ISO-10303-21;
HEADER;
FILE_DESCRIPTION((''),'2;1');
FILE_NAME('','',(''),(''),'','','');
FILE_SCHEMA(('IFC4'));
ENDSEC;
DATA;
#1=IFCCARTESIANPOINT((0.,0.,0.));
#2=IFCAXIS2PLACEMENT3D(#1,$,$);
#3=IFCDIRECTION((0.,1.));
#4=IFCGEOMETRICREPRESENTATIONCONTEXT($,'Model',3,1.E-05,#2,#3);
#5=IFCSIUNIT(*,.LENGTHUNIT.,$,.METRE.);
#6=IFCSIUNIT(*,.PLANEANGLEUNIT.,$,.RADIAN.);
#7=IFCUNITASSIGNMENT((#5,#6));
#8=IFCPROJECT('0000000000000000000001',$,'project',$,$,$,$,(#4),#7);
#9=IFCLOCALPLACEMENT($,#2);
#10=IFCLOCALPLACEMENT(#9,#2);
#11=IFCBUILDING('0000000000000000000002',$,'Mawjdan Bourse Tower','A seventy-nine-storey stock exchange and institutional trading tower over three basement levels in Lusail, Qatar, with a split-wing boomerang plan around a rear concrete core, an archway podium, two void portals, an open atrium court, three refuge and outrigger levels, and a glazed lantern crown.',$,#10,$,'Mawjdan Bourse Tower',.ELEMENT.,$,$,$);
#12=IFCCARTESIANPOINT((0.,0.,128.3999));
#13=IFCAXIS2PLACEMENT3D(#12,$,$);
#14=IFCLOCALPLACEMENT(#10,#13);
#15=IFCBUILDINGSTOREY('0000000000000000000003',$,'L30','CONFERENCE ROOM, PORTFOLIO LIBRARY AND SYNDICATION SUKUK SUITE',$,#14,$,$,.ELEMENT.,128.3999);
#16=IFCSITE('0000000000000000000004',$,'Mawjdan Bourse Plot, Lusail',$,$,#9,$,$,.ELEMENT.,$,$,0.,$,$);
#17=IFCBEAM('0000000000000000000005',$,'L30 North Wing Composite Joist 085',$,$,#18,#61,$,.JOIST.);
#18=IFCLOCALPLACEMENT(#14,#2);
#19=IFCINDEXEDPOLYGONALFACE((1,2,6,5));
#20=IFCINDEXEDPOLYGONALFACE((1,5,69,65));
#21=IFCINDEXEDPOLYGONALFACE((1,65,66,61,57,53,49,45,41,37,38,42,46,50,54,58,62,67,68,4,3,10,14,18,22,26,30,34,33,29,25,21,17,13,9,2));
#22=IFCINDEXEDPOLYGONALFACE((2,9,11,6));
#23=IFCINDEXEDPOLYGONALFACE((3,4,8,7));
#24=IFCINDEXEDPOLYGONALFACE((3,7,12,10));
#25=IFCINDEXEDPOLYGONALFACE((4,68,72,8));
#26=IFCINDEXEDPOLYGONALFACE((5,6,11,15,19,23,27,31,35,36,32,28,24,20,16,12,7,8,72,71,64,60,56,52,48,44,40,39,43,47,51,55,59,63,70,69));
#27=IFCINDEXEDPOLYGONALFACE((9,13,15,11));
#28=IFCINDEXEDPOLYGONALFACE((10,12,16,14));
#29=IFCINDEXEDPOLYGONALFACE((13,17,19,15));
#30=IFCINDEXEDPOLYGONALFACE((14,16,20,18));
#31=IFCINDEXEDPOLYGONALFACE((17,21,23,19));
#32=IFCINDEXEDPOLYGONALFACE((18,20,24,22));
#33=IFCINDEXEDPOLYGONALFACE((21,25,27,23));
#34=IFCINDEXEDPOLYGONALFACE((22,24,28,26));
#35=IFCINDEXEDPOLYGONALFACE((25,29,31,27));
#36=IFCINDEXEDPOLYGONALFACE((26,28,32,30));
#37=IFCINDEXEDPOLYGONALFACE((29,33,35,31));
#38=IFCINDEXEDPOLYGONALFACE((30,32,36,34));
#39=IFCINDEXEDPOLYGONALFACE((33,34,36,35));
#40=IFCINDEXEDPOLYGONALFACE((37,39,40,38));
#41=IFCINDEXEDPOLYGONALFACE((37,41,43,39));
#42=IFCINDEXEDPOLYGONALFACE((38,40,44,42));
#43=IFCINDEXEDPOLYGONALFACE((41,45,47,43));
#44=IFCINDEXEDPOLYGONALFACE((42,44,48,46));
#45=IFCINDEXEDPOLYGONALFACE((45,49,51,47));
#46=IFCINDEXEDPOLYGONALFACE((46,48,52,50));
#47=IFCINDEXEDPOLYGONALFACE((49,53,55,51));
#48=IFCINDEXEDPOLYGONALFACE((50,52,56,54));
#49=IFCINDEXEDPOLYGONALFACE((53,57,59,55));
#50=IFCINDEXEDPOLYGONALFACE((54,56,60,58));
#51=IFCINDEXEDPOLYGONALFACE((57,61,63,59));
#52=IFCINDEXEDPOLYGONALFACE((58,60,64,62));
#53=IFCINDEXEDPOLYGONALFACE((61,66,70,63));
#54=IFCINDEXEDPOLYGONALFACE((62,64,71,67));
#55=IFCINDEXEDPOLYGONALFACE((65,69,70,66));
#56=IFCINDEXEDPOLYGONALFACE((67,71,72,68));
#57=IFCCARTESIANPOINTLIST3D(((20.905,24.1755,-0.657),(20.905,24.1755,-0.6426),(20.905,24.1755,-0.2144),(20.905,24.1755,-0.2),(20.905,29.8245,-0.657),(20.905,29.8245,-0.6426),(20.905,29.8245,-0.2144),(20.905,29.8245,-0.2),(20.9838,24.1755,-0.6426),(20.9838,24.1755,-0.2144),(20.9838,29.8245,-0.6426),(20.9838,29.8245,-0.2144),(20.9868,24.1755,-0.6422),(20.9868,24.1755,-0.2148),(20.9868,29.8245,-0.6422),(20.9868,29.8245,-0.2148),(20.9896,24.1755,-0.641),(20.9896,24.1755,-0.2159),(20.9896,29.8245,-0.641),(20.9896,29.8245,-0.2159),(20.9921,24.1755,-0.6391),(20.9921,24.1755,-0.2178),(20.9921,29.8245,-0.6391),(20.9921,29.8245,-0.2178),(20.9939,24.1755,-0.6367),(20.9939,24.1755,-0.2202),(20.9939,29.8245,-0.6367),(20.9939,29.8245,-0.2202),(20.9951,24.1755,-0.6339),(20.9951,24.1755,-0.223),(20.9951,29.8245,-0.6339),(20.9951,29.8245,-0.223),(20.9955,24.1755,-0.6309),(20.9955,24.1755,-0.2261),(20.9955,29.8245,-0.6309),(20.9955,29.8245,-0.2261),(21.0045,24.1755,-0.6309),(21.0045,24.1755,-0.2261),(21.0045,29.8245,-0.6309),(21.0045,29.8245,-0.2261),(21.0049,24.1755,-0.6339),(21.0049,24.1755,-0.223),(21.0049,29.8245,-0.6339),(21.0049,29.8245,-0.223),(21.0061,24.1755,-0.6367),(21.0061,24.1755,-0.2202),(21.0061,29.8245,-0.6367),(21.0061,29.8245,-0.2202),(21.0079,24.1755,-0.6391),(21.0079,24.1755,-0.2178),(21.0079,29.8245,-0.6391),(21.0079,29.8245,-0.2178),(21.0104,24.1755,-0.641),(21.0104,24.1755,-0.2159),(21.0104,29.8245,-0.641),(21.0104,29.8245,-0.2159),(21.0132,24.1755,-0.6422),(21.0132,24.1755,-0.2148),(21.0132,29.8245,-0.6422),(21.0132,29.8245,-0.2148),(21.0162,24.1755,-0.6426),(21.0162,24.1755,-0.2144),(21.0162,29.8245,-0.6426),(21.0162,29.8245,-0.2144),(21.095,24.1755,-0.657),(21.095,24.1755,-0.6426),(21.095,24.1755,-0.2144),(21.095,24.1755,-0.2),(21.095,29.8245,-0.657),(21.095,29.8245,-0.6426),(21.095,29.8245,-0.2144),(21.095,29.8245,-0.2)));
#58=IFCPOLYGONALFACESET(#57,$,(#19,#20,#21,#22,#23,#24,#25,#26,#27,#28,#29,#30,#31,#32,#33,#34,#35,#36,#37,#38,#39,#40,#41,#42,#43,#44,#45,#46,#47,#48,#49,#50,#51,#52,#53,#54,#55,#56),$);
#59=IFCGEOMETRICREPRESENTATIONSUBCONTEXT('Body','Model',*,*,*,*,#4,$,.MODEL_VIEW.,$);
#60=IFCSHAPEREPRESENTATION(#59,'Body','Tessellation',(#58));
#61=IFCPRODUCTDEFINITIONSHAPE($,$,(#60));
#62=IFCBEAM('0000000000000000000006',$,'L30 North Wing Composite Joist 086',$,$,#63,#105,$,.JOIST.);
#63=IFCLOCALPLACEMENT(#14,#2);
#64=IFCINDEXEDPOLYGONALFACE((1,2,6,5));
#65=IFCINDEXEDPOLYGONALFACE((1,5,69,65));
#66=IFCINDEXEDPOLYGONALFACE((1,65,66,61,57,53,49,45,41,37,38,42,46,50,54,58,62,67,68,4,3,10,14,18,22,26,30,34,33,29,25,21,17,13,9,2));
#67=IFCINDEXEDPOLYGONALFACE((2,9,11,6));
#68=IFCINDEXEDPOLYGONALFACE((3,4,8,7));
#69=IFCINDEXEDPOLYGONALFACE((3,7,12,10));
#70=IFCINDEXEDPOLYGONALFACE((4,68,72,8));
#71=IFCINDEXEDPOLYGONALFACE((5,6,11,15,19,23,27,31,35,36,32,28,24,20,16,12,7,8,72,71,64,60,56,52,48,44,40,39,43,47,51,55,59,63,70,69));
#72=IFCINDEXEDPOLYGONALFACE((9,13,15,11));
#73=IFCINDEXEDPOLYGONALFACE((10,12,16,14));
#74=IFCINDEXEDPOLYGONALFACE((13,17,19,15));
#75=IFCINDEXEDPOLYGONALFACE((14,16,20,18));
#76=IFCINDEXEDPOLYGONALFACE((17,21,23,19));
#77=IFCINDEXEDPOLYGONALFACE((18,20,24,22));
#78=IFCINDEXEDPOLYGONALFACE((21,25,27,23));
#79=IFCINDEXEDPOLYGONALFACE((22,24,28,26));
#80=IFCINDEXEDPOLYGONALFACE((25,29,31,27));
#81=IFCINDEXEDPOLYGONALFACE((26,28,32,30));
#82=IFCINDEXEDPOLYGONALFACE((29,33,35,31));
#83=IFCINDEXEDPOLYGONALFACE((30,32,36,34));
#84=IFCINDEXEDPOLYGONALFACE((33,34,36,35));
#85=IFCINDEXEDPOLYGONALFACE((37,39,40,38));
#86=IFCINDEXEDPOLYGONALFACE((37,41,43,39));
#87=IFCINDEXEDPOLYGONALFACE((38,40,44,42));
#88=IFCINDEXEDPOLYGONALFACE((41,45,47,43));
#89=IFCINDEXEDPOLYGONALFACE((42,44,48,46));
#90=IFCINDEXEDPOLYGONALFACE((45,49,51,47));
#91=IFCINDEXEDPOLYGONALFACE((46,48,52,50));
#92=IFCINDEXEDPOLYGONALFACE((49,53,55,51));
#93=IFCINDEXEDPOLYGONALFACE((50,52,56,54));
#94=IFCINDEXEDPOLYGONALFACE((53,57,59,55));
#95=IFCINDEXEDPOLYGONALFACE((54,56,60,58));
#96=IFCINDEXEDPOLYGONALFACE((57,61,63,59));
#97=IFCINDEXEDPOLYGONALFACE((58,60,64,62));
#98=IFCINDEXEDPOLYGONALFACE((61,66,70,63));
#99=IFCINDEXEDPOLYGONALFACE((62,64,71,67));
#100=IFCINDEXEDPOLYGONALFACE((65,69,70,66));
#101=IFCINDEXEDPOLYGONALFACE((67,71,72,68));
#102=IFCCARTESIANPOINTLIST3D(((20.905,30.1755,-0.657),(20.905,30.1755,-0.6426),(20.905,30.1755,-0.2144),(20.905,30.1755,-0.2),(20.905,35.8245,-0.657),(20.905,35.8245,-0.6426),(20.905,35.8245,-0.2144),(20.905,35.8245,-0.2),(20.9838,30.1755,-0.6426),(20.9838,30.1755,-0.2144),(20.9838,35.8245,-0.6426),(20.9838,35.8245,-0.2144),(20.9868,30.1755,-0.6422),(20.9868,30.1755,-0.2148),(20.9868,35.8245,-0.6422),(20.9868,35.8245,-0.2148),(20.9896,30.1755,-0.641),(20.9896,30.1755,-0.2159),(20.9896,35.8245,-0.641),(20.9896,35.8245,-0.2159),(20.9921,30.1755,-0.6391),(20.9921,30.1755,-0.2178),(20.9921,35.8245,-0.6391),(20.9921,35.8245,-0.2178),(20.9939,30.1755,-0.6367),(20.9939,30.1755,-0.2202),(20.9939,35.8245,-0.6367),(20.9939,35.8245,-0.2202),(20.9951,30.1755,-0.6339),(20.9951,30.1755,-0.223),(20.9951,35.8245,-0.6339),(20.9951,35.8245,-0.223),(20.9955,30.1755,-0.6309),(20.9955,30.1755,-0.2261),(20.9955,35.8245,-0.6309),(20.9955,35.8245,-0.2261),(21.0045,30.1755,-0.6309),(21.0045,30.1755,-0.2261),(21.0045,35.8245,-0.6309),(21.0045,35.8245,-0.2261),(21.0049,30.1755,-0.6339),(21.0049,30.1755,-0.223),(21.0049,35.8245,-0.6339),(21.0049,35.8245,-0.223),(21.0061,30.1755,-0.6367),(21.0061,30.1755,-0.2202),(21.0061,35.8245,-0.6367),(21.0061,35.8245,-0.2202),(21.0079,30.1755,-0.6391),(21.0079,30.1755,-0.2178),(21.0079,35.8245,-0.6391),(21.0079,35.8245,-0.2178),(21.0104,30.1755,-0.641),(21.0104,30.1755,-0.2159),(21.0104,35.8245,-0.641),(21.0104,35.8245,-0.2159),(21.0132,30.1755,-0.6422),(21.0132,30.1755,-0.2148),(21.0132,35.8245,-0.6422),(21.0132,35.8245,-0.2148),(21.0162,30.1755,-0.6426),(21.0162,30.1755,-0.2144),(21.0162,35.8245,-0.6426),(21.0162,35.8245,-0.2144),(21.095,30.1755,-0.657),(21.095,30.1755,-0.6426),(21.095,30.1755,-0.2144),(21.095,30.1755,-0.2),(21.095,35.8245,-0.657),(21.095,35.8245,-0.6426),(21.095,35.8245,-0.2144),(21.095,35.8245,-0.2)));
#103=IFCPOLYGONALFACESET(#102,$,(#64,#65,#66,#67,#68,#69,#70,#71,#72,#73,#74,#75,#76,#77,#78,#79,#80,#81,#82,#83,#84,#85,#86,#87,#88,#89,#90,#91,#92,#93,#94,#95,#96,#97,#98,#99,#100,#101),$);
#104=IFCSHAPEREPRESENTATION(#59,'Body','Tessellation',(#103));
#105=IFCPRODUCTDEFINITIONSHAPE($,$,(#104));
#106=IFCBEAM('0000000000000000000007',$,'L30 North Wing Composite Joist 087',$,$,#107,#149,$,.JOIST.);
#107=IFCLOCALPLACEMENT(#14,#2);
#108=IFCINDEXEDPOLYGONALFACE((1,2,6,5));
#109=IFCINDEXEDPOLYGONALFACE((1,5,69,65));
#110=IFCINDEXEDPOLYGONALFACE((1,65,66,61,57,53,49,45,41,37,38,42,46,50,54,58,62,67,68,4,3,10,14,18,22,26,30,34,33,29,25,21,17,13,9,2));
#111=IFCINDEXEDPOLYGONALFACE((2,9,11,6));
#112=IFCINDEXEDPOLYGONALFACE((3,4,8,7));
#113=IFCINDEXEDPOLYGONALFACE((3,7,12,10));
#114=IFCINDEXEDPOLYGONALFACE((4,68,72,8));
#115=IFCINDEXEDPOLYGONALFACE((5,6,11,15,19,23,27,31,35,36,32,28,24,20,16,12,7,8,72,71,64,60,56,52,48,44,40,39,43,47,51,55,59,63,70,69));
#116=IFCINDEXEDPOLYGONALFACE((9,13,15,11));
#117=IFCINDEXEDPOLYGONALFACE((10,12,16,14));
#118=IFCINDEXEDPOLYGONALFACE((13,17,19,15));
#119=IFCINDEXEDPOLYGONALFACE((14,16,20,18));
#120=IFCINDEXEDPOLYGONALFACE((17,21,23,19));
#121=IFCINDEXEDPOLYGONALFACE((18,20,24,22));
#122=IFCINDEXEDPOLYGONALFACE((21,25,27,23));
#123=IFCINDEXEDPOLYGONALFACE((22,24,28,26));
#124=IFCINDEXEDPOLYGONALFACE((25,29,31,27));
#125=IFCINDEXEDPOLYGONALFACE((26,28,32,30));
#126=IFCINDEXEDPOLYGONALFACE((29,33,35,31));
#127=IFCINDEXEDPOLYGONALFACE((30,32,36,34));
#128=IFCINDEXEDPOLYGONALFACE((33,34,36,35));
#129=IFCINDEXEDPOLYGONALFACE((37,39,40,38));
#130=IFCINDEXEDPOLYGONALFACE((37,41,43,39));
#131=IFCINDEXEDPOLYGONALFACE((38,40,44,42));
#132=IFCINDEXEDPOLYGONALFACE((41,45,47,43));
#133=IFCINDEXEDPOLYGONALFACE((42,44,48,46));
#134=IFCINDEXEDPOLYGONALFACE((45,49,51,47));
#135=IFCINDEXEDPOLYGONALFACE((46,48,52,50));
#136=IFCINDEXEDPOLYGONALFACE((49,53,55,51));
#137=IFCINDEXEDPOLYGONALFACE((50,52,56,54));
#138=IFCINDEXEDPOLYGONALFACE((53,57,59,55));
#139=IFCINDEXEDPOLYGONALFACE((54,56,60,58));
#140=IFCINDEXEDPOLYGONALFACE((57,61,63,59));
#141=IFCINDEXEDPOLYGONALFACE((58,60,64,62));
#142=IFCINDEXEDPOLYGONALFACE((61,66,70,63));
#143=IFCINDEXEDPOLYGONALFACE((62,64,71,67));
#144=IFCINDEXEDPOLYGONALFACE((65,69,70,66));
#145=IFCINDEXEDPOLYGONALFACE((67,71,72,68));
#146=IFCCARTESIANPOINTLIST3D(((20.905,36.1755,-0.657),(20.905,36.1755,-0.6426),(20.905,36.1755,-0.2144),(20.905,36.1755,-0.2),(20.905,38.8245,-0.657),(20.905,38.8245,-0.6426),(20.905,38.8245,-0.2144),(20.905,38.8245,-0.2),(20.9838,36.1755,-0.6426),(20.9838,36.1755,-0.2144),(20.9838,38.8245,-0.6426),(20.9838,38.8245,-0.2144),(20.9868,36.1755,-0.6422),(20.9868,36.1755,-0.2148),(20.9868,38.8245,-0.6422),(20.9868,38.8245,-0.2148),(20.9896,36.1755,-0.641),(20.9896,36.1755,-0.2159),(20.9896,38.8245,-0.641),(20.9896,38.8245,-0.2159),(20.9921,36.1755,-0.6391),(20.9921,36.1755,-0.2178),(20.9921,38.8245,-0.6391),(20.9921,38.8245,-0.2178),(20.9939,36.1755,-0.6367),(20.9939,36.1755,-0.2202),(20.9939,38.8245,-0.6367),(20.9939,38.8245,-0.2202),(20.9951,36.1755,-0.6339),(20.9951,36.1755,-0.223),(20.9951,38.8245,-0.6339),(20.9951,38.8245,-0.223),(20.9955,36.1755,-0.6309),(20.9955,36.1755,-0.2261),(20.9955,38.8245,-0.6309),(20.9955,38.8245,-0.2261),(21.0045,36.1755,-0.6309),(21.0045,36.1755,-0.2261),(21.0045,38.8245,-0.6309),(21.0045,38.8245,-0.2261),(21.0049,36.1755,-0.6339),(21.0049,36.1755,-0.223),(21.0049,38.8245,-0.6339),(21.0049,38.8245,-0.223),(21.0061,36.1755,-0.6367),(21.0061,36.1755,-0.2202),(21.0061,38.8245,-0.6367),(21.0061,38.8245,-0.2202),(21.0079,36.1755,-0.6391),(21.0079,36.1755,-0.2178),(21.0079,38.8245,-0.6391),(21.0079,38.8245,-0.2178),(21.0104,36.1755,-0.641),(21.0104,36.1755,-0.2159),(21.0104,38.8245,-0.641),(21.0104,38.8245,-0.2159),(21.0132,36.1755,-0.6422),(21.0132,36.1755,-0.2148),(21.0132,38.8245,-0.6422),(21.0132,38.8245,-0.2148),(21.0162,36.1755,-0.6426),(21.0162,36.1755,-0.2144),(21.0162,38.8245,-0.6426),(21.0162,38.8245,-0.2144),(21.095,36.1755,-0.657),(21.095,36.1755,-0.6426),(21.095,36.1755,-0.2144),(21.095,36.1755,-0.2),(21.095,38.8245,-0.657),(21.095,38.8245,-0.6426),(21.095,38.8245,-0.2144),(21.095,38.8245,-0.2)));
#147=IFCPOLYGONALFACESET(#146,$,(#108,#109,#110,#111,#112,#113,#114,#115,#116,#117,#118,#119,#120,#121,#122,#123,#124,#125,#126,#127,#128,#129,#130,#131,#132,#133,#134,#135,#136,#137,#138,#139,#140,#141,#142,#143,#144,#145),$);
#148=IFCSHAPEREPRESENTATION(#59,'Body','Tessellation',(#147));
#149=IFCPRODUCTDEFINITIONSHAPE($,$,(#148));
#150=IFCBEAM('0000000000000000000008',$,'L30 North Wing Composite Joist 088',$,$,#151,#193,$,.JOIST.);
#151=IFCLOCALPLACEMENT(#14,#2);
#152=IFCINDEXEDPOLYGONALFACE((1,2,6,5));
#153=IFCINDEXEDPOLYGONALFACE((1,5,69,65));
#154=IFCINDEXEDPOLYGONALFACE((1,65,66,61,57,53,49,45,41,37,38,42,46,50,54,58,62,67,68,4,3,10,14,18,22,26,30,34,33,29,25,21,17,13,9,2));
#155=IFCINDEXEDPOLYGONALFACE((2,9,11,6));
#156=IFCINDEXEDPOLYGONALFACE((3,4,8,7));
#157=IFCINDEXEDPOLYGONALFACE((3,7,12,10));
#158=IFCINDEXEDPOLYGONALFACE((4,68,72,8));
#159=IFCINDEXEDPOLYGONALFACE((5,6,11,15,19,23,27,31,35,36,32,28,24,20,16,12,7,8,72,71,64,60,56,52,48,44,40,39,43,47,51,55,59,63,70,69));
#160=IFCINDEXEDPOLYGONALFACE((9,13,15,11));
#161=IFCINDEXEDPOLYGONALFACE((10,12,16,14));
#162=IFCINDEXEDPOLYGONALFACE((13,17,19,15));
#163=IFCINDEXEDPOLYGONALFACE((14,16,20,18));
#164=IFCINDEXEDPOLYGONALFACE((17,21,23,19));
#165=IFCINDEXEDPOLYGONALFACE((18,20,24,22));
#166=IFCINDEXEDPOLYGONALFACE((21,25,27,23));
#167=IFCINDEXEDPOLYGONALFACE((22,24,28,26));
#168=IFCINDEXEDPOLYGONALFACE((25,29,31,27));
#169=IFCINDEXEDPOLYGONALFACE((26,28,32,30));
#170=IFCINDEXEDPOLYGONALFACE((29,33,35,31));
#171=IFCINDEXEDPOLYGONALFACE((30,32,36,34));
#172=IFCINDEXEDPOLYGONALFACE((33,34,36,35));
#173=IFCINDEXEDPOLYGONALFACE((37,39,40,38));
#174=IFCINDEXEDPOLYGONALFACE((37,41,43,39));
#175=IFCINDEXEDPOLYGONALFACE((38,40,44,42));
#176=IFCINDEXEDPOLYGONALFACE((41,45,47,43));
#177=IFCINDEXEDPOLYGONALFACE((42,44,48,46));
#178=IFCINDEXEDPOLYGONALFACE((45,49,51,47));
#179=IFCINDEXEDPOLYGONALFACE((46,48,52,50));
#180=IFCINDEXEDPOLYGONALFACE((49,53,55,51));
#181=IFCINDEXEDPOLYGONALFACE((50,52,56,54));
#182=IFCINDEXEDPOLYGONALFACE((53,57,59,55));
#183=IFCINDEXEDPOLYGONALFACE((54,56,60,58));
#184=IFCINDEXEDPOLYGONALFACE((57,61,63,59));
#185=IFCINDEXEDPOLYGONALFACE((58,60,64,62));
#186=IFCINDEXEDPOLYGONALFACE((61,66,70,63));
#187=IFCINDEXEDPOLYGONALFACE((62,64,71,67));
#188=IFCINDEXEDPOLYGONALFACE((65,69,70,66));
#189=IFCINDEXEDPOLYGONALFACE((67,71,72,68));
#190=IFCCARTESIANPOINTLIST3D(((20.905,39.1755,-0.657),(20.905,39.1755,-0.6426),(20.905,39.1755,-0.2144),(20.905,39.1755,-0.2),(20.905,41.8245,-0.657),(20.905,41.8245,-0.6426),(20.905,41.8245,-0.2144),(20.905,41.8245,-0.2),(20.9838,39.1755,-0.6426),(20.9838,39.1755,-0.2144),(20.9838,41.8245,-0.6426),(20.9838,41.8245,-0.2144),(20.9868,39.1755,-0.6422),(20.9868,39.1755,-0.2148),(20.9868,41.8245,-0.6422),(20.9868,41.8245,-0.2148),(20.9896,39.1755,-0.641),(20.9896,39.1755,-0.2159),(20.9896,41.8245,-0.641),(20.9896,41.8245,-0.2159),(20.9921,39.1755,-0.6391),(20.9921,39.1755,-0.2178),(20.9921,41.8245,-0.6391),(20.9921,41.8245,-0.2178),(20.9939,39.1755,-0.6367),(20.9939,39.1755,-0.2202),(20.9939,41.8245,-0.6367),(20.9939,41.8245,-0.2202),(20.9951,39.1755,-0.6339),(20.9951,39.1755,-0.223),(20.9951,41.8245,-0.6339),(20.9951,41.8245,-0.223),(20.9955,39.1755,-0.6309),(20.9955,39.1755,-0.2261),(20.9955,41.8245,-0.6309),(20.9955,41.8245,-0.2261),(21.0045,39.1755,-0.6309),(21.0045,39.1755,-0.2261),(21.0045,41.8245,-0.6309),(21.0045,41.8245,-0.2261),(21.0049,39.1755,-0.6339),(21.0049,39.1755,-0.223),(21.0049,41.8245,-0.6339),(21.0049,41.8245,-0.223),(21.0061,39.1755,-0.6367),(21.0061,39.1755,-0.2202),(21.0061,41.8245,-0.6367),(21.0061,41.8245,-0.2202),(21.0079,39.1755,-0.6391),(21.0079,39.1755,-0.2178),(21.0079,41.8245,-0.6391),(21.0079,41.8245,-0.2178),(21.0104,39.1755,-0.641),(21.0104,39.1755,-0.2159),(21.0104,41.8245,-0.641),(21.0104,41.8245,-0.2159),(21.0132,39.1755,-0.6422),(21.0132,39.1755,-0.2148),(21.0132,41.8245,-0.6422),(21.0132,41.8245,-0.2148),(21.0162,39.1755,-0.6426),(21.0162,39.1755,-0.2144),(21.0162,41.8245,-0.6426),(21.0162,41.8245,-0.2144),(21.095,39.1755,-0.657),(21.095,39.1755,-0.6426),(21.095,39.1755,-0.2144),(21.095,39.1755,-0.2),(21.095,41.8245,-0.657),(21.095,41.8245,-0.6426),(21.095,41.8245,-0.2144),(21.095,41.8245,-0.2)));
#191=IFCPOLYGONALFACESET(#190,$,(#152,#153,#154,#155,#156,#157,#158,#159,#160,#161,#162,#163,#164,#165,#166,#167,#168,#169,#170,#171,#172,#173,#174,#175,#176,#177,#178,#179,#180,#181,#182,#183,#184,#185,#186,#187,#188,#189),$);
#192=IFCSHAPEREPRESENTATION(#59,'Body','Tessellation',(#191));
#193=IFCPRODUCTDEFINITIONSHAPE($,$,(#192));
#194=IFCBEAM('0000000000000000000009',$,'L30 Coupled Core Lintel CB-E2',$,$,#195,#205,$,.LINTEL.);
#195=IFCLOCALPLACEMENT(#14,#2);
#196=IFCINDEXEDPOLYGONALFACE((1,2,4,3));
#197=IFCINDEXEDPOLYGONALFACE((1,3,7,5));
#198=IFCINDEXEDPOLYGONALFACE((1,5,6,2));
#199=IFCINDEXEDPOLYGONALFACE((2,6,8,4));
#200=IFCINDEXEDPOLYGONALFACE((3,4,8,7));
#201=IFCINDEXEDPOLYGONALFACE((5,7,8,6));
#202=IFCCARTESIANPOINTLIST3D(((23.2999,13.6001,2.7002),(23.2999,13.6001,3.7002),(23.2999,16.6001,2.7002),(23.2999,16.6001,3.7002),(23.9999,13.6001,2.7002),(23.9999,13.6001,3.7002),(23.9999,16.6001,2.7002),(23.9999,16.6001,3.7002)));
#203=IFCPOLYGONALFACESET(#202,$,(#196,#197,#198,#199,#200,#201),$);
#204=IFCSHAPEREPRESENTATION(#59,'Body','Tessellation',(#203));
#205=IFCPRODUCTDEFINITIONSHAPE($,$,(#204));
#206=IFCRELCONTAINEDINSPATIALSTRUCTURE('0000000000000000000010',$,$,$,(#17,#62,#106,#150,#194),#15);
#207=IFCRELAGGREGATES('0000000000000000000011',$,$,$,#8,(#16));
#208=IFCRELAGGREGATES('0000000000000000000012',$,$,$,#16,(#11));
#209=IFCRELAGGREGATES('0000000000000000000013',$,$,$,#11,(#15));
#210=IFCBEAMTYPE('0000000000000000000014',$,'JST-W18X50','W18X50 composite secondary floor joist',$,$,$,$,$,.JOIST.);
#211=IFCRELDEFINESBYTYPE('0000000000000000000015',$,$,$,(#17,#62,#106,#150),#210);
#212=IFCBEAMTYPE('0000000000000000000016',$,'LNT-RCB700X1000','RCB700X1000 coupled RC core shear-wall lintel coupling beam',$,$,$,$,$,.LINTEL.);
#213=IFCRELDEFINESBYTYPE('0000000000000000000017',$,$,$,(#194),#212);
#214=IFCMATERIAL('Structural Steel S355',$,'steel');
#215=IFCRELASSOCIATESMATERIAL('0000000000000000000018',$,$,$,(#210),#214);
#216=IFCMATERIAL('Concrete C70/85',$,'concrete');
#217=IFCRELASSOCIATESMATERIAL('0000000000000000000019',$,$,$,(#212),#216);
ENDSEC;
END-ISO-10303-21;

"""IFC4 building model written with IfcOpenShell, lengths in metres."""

from ifc_helpers import new_model, si_unit, direction, frame, origin, origin_2d, place, context, subcontext, project, spatial, rectangle, i_section, extrude, material, material_profile, profile_set, type_object, element, save


model = new_model("IFC4")

# Units and contexts
model_context = context("Model", 3, precision=1e-05, world=origin(), true_north=direction((0.0, 1.0)))
body_context = subcontext(model_context, "Body", "Model", "MODEL_VIEW")
ifc_project = project(units=[si_unit("LENGTHUNIT", "METRE"), si_unit("PLANEANGLEUNIT", "RADIAN")], contexts=[model_context])

# Site, building, storey
site_placement = place(None, origin())
site = spatial("IfcSite", under=ifc_project, at=site_placement, Name="Mawjdan Bourse Plot, Lusail", CompositionType="ELEMENT", RefElevation=0.0)
building_placement = place(site_placement, origin())
building = spatial("IfcBuilding", under=site, at=building_placement, Name="Mawjdan Bourse Tower", Description="A seventy-nine-storey stock exchange and institutional trading tower over three basement levels in Lusail, Qatar, with a split-wing boomerang plan around a rear concrete core, an archway podium, two void portals, an open atrium court, three refuge and outrigger levels, and a glazed lantern crown.", LongName="Mawjdan Bourse Tower", CompositionType="ELEMENT")
storey_placement = place(building_placement, frame((0.0, 0.0, 128.3999)))
storey = spatial("IfcBuildingStorey", under=building, at=storey_placement, Name="L30", Description="CONFERENCE ROOM, PORTFOLIO LIBRARY AND SYNDICATION SUKUK SUITE", CompositionType="ELEMENT", Elevation=128.3999)

# Shared definitions
ifc_material_1 = material(Name="Concrete C70/85", Category="concrete")

# Beams
ifc_material_2 = material(Name="Structural Steel S355", Category="steel")
ifc_material_profile_1 = material_profile(ifc_material_2, i_section(OverallWidth=0.1899, OverallDepth=0.457, WebThickness=0.009, FlangeThickness=0.0144, FilletRadius=0.0117, at=origin_2d()), Name="W18X50")
ifc_profile_set_1 = profile_set([ifc_material_profile_1], Name="Structural Steel S355")
beam_type_1 = type_object("IfcBeamType", Name="JST-W18X50", Description="W18X50 composite secondary floor joist", PredefinedType="JOIST", material=ifc_profile_set_1)
for number, where, z_axis, x_axis, name in (
    (1, (21.0, 24.1755, -0.4285), (0.0, 1.0, 0.0), (-1.0, 0.0, 0.0), "L30 North Wing Composite Joist 085"),
    (2, (21.0, 30.1755, -0.4285), (0.0, 1.0, 0.0), (-1.0, 0.0, 0.0), "L30 North Wing Composite Joist 086"),
):
    element("IfcBeam", number, at=place(storey_placement, frame(where, z_axis=z_axis, x_axis=x_axis)), inside=storey, type_object=beam_type_1, Name=name, PredefinedType="JOIST", context=body_context, shape_type="SweptSolid", body=[
        extrude(i_section(OverallWidth=0.1899, OverallDepth=0.457, WebThickness=0.009, FlangeThickness=0.0144, FilletRadius=0.0117, at=origin_2d()), origin(), (0.0, 0.0, 1.0), 5.6489),
    ])
for number, where, z_axis, x_axis, name in (
    (3, (21.0, 36.1755, -0.4285), (0.0, 1.0, 0.0), (-1.0, 0.0, 0.0), "L30 North Wing Composite Joist 087"),
    (4, (21.0, 39.1755, -0.4285), (0.0, 1.0, 0.0), (-1.0, 0.0, 0.0), "L30 North Wing Composite Joist 088"),
):
    element("IfcBeam", number, at=place(storey_placement, frame(where, z_axis=z_axis, x_axis=x_axis)), inside=storey, type_object=beam_type_1, Name=name, PredefinedType="JOIST", context=body_context, shape_type="SweptSolid", body=[
        extrude(i_section(OverallWidth=0.1899, OverallDepth=0.457, WebThickness=0.009, FlangeThickness=0.0144, FilletRadius=0.0117, at=origin_2d()), origin(), (0.0, 0.0, 1.0), 2.6489),
    ])
ifc_material_profile_2 = material_profile(ifc_material_1, rectangle(XDim=0.7, YDim=1.0, at=origin_2d()), Name="RCB700X1000")
ifc_profile_set_2 = profile_set([ifc_material_profile_2], Name="Concrete C70/85")
beam_type_2 = type_object("IfcBeamType", Name="LNT-RCB700X1000", Description="RCB700X1000 coupled RC core shear-wall lintel coupling beam", PredefinedType="LINTEL", material=ifc_profile_set_2)
beam_1_placement = place(storey_placement, frame((23.6499, 13.6001, 3.2002), z_axis=(0.0, 1.0, 0.0), x_axis=(-1.0, 0.0, 0.0)))
element("IfcBeam", 5, at=beam_1_placement, inside=storey, type_object=beam_type_2, Name="L30 Coupled Core Lintel CB-E2", PredefinedType="LINTEL", context=body_context, shape_type="SweptSolid", body=[
    extrude(rectangle(XDim=0.7, YDim=1.0, at=origin_2d()), origin(), (0.0, 0.0, 1.0), 3.0),
])

save(model, "model.ifc")
